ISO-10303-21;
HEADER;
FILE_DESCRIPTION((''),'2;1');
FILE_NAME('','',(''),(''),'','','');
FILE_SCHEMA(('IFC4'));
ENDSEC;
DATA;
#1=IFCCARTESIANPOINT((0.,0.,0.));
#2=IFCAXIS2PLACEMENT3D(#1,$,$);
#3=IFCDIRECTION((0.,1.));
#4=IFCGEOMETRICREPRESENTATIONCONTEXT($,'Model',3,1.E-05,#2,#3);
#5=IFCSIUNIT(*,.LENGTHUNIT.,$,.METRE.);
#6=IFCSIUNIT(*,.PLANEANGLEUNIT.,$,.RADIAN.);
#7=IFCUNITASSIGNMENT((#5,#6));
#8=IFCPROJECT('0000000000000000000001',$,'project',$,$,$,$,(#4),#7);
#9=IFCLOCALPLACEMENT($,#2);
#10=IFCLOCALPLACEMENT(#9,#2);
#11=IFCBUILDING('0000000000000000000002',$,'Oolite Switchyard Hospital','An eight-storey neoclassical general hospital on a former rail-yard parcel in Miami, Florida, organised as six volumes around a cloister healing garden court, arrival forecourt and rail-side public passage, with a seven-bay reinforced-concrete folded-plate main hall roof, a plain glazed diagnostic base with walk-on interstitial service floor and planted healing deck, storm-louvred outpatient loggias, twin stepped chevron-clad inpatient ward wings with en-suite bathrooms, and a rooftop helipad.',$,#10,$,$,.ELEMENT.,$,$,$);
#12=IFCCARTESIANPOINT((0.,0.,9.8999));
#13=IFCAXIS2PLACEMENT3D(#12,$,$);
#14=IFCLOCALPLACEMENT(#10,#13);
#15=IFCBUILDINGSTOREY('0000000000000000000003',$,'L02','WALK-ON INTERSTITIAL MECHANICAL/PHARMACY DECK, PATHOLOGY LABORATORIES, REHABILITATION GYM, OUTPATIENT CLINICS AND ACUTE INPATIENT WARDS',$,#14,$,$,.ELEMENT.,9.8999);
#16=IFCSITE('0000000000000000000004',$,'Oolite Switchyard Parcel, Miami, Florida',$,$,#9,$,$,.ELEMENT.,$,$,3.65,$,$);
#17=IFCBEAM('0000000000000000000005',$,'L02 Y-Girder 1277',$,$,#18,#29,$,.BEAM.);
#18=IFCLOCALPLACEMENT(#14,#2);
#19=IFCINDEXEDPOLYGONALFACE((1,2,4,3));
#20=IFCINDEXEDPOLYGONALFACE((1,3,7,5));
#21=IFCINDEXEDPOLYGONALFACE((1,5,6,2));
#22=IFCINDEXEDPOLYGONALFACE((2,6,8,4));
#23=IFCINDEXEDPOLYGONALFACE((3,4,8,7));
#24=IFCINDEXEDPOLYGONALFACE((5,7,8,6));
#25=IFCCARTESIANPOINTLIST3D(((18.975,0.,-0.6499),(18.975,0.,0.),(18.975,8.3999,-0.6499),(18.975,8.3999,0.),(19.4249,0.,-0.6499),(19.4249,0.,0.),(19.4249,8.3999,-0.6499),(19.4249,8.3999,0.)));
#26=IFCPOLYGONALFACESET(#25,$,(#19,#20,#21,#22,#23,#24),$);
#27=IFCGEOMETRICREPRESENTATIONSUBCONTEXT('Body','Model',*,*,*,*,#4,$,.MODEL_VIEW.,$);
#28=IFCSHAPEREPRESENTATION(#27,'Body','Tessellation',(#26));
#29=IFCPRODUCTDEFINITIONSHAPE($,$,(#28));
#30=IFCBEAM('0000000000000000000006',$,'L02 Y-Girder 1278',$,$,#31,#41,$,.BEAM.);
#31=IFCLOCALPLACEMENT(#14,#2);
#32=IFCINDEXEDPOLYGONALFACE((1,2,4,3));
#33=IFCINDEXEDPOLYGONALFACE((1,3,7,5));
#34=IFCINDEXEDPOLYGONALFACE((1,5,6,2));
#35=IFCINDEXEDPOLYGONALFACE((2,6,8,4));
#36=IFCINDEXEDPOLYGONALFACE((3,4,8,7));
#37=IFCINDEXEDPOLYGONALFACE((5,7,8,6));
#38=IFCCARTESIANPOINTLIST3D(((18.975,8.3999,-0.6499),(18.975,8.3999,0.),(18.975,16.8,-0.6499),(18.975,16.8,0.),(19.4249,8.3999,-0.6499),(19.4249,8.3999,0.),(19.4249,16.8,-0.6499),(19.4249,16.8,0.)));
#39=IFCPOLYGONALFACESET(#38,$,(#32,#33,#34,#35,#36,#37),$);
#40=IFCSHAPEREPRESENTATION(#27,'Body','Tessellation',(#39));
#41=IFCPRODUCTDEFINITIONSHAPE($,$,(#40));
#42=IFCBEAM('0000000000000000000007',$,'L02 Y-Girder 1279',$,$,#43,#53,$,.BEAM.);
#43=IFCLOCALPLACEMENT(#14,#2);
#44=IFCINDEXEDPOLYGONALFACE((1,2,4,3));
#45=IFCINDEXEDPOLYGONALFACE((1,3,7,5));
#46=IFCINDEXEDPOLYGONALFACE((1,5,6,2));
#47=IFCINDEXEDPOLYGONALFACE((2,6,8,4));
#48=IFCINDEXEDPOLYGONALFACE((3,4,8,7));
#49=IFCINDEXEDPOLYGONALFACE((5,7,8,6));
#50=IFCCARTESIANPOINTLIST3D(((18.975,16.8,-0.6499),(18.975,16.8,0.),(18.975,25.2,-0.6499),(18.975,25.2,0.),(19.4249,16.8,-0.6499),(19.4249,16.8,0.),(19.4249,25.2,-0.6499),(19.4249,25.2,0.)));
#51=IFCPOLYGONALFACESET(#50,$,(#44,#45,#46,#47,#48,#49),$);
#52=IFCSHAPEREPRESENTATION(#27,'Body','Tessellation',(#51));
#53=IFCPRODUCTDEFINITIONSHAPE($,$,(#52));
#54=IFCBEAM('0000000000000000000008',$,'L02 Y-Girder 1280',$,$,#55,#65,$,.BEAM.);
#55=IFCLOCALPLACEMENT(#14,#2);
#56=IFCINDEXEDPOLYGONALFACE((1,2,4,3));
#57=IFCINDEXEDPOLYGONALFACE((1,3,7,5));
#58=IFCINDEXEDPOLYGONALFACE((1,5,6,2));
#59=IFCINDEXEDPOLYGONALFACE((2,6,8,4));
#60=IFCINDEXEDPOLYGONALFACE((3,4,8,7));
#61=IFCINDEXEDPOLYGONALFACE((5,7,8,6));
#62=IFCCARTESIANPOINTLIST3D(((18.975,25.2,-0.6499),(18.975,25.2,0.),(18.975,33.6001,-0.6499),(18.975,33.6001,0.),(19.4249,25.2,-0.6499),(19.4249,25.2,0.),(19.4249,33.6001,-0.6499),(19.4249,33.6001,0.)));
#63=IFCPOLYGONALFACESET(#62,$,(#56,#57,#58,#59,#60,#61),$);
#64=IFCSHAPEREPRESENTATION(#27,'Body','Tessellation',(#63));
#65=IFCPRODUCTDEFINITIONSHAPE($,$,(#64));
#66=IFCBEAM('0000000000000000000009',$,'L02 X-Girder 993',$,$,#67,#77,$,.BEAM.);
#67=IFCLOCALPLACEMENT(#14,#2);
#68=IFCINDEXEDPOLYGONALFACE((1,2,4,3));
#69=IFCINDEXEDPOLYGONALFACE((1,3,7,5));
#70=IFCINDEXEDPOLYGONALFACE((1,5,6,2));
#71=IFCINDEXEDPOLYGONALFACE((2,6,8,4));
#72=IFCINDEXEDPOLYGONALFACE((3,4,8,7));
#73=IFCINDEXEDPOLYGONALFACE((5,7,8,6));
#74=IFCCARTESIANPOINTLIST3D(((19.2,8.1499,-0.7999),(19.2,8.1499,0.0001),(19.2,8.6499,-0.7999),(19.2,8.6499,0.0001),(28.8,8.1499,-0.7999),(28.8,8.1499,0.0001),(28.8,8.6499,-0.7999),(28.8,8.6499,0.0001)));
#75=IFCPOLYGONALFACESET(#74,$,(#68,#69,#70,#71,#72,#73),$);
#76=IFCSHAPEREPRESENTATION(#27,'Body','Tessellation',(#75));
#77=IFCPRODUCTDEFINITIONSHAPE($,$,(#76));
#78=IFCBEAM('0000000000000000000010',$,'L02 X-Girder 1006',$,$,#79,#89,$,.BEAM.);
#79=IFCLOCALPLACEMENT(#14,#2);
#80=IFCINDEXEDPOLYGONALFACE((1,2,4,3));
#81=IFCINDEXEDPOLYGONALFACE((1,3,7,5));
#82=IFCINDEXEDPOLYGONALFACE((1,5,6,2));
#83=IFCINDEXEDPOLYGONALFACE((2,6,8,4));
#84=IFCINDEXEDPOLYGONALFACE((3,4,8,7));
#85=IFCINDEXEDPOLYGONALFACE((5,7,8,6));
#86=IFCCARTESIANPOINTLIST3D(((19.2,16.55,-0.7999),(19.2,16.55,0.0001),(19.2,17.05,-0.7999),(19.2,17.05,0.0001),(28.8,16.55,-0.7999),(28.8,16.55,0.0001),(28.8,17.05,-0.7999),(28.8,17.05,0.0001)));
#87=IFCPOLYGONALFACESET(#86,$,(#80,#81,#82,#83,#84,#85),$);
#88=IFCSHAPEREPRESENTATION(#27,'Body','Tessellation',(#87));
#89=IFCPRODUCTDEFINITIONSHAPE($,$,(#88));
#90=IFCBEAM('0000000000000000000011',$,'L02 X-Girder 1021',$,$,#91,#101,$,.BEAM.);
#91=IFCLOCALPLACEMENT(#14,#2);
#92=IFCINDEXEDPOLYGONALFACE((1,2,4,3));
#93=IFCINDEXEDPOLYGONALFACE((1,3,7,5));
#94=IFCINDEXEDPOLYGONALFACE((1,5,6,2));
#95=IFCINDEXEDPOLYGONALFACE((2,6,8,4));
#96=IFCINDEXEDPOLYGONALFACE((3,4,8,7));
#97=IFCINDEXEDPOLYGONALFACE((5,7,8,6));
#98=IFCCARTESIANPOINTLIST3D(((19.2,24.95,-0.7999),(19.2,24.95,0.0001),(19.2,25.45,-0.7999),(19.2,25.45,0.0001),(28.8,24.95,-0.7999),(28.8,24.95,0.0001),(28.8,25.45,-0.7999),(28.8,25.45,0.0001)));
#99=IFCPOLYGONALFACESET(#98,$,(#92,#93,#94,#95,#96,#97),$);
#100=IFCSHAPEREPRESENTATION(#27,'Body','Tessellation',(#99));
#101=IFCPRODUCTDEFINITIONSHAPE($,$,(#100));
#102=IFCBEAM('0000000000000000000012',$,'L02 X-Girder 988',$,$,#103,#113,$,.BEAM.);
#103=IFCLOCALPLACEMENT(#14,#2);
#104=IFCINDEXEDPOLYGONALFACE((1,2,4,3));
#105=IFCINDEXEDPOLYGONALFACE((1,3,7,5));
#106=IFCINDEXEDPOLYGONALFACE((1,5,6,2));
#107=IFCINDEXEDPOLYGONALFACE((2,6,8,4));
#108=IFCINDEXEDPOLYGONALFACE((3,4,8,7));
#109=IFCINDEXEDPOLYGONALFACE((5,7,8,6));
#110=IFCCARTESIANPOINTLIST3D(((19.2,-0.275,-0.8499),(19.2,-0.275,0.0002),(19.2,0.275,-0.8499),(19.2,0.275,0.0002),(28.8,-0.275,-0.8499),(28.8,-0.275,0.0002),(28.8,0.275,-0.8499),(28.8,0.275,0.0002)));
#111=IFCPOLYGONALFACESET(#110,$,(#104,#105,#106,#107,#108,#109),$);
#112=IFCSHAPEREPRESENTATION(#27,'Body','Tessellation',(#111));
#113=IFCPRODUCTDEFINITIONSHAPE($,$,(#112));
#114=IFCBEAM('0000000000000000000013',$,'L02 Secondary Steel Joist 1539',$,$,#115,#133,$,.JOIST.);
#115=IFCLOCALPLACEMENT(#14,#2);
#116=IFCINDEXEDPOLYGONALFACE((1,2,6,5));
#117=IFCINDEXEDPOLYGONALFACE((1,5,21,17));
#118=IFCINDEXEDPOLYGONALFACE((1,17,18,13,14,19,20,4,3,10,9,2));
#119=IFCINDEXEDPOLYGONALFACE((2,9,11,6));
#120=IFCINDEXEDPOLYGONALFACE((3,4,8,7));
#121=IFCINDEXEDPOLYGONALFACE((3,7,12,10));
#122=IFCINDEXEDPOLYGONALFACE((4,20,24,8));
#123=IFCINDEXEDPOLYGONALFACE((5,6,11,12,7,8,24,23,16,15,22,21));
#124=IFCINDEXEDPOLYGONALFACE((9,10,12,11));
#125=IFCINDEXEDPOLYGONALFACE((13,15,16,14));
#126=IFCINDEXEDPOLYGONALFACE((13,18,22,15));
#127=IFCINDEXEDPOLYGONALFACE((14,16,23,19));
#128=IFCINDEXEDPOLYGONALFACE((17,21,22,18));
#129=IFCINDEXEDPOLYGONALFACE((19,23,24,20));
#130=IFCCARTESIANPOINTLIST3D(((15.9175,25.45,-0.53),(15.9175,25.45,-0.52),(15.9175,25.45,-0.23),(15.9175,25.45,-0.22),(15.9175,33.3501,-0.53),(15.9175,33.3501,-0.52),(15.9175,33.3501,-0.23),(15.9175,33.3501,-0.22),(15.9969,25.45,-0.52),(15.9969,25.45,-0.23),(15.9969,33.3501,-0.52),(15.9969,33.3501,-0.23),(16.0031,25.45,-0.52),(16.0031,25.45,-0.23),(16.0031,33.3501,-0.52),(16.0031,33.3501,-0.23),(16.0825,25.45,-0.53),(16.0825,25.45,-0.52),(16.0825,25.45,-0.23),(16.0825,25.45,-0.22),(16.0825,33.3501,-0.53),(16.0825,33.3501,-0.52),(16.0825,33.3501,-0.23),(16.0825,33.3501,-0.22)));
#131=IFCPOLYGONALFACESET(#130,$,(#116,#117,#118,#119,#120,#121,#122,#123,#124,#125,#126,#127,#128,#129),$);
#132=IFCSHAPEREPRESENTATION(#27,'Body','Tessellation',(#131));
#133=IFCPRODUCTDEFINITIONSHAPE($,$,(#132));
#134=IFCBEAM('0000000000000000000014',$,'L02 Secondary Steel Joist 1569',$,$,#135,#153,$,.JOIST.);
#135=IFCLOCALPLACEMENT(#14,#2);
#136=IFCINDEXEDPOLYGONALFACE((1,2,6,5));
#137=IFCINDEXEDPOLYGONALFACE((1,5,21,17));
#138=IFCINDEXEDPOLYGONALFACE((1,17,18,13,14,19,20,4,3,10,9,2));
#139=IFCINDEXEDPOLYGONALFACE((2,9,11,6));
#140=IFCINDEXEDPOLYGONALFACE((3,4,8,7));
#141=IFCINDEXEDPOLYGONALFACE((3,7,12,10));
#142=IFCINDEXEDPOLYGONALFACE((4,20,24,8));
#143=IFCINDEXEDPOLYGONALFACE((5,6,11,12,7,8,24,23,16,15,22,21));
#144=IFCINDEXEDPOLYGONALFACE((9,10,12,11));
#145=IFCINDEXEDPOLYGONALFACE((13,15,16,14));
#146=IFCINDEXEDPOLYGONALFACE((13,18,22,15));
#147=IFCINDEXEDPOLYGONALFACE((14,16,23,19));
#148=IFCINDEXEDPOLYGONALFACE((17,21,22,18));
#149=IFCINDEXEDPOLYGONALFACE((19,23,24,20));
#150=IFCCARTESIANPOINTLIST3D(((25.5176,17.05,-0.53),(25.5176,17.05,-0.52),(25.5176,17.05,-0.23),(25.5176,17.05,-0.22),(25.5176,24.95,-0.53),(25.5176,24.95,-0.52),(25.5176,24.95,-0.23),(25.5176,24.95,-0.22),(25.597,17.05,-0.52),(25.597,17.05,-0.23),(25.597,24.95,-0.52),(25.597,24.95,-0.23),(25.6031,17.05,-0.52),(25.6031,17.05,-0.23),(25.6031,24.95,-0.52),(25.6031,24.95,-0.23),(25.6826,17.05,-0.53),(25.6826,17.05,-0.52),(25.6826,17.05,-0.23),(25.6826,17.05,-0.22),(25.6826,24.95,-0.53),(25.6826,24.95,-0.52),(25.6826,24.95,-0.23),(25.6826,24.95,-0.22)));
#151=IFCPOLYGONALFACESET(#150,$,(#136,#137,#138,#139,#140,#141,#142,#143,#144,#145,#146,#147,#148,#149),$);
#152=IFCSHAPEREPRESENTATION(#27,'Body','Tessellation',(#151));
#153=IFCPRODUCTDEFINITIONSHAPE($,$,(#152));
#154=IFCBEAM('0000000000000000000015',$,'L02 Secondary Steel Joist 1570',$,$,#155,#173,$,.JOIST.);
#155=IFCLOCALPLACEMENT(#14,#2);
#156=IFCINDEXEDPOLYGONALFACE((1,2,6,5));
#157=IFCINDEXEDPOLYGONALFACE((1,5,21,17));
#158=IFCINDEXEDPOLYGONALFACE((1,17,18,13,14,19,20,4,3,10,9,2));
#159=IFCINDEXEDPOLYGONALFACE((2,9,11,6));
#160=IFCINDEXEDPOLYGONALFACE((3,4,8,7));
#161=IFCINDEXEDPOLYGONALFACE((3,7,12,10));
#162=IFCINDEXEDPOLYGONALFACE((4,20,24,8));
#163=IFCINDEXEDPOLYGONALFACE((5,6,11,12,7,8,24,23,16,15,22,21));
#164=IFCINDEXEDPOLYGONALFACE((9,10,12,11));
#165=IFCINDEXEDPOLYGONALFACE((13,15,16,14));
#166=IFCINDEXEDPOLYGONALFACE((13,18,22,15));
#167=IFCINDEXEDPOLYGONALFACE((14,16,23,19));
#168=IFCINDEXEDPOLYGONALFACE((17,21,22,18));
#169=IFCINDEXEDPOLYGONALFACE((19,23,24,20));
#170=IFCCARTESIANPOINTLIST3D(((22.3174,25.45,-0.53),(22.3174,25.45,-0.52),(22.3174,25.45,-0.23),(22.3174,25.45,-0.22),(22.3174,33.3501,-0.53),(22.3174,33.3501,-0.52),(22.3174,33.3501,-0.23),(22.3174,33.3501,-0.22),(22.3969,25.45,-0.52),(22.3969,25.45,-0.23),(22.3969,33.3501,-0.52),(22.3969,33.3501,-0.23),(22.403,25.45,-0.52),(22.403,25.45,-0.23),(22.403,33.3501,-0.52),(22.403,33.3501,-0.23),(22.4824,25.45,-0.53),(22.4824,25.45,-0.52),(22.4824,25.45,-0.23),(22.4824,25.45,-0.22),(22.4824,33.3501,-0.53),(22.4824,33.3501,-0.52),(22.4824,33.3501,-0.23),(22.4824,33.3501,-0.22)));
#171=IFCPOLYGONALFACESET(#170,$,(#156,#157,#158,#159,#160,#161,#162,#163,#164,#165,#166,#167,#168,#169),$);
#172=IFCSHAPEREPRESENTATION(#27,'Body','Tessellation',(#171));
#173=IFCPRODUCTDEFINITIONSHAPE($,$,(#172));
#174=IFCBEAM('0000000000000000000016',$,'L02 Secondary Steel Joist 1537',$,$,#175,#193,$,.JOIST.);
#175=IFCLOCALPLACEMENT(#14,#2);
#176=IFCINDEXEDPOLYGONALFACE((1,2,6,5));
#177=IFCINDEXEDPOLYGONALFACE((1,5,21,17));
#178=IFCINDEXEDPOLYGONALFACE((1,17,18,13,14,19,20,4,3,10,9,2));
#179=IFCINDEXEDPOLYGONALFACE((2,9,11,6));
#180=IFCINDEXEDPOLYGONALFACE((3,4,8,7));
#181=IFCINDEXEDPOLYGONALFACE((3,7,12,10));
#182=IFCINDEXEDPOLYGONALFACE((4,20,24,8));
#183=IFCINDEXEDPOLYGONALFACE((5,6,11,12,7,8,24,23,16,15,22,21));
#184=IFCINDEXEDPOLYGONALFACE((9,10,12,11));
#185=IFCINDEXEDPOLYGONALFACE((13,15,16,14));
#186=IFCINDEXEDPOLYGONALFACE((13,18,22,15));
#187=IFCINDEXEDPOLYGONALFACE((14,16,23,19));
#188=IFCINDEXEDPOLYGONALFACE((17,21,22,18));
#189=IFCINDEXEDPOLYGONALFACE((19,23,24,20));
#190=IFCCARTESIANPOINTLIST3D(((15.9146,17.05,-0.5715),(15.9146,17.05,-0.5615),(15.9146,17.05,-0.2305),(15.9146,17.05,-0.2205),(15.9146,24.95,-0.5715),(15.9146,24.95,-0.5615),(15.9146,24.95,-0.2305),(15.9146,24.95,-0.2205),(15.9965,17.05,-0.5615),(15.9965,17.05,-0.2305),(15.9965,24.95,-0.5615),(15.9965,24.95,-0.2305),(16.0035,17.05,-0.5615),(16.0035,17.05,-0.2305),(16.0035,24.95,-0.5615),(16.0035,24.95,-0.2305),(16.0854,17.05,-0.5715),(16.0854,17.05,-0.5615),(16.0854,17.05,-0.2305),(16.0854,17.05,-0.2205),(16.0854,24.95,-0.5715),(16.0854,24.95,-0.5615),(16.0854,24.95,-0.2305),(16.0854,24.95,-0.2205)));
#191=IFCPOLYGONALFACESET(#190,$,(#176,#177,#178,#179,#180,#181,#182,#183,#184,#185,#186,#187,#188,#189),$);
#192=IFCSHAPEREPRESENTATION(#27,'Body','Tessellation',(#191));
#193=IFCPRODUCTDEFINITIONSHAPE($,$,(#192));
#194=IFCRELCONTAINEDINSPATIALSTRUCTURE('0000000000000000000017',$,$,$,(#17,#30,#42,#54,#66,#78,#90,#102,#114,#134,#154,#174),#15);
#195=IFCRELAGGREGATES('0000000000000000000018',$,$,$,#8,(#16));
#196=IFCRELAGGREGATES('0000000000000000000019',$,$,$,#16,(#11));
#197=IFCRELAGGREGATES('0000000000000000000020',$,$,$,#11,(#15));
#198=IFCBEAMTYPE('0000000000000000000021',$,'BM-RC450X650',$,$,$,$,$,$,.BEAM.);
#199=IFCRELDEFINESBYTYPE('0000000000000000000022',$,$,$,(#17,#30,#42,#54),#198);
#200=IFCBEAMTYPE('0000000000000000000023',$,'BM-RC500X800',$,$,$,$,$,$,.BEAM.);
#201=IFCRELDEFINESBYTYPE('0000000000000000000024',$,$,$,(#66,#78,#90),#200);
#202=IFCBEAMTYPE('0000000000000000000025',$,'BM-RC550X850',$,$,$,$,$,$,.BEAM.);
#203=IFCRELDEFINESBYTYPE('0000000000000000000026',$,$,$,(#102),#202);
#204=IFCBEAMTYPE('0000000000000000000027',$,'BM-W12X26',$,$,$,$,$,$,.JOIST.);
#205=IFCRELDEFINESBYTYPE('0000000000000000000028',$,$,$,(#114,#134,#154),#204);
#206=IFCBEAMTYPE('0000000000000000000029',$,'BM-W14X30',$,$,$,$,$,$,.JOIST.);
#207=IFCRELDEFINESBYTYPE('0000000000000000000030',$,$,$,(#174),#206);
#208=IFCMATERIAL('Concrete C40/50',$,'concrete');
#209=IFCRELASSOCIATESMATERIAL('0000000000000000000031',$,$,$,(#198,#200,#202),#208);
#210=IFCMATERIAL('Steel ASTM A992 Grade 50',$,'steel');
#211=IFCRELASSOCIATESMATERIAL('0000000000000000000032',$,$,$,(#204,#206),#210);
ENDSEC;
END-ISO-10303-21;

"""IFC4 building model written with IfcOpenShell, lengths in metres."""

from ifc_helpers import new_model, si_unit, direction, frame, origin, origin_2d, place, context, subcontext, project, spatial, rectangle, i_section, extrude, material, material_profile, profile_set, type_object, element, save


model = new_model("IFC4")

# Units and contexts
model_context = context("Model", 3, precision=1e-05, world=origin(), true_north=direction((0.0, 1.0)))
body_context = subcontext(model_context, "Body", "Model", "MODEL_VIEW")
ifc_project = project(units=[si_unit("LENGTHUNIT", "METRE"), si_unit("PLANEANGLEUNIT", "RADIAN")], contexts=[model_context])

# Site, building, storey
site_placement = place(None, origin())
site = spatial("IfcSite", under=ifc_project, at=site_placement, Name="Oolite Switchyard Parcel, Miami, Florida", CompositionType="ELEMENT", RefElevation=3.65)
building_placement = place(site_placement, origin())
building = spatial("IfcBuilding", under=site, at=building_placement, Name="Oolite Switchyard Hospital", Description="An eight-storey neoclassical general hospital on a former rail-yard parcel in Miami, Florida, organised as six volumes around a cloister healing garden court, arrival forecourt and rail-side public passage, with a seven-bay reinforced-concrete folded-plate main hall roof, a plain glazed diagnostic base with walk-on interstitial service floor and planted healing deck, storm-louvred outpatient loggias, twin stepped chevron-clad inpatient ward wings with en-suite bathrooms, and a rooftop helipad.", CompositionType="ELEMENT")
storey_placement = place(building_placement, frame((0.0, 0.0, 9.8999)))
storey = spatial("IfcBuildingStorey", under=building, at=storey_placement, Name="L02", Description="WALK-ON INTERSTITIAL MECHANICAL/PHARMACY DECK, PATHOLOGY LABORATORIES, REHABILITATION GYM, OUTPATIENT CLINICS AND ACUTE INPATIENT WARDS", CompositionType="ELEMENT", Elevation=9.8999)

# Beams
ifc_material_1 = material(Name="Concrete C40/50", Category="concrete")
ifc_material_profile_1 = material_profile(ifc_material_1, rectangle(XDim=0.45, YDim=0.6499, at=origin_2d()), Name="RCB450X650")
ifc_profile_set_1 = profile_set([ifc_material_profile_1], Name="Concrete C40/50")
beam_type_1 = type_object("IfcBeamType", Name="BM-RC450X650", PredefinedType="BEAM", material=ifc_profile_set_1)
beam_1_placement = place(storey_placement, frame((19.2, 0.0, -0.325), z_axis=(0.0, 1.0, 0.0), x_axis=(-1.0, 0.0, 0.0)))
element("IfcBeam", 1, at=beam_1_placement, inside=storey, type_object=beam_type_1, Name="L02 Y-Girder 1277", PredefinedType="BEAM", context=body_context, shape_type="SweptSolid", body=[
    extrude(rectangle(XDim=0.45, YDim=0.6499, at=origin_2d()), origin(), (0.0, 0.0, 1.0), 8.3999),
])
beam_2_placement = place(storey_placement, frame((19.2, 8.3999, -0.325), z_axis=(0.0, 1.0, 0.0), x_axis=(-1.0, 0.0, 0.0)))
element("IfcBeam", 2, at=beam_2_placement, inside=storey, type_object=beam_type_1, Name="L02 Y-Girder 1278", PredefinedType="BEAM", context=body_context, shape_type="SweptSolid", body=[
    extrude(rectangle(XDim=0.45, YDim=0.6499, at=origin_2d()), origin(), (0.0, 0.0, 1.0), 8.4001),
])
beam_3_placement = place(storey_placement, frame((19.2, 16.8, -0.325), z_axis=(0.0, 1.0, 0.0), x_axis=(-1.0, 0.0, 0.0)))
element("IfcBeam", 3, at=beam_3_placement, inside=storey, type_object=beam_type_1, Name="L02 Y-Girder 1279", PredefinedType="BEAM", context=body_context, shape_type="SweptSolid", body=[
    extrude(rectangle(XDim=0.45, YDim=0.6499, at=origin_2d()), origin(), (0.0, 0.0, 1.0), 8.3999),
])
beam_4_placement = place(storey_placement, frame((19.2, 25.2, -0.325), z_axis=(0.0, 1.0, 0.0), x_axis=(-1.0, 0.0, 0.0)))
element("IfcBeam", 4, at=beam_4_placement, inside=storey, type_object=beam_type_1, Name="L02 Y-Girder 1280", PredefinedType="BEAM", context=body_context, shape_type="SweptSolid", body=[
    extrude(rectangle(XDim=0.45, YDim=0.6499, at=origin_2d()), origin(), (0.0, 0.0, 1.0), 8.4001),
])
ifc_material_profile_2 = material_profile(ifc_material_1, rectangle(XDim=0.5, YDim=0.8, at=origin_2d()), Name="RCB500X800")
ifc_profile_set_2 = profile_set([ifc_material_profile_2], Name="Concrete C40/50")
beam_type_2 = type_object("IfcBeamType", Name="BM-RC500X800", PredefinedType="BEAM", material=ifc_profile_set_2)
for number, where, z_axis, x_axis, name in (
    (5, (19.2, 8.3999, -0.3999), (1.0, 0.0, 0.0), (0.0, 1.0, 0.0), "L02 X-Girder 993"),
    (6, (19.2, 16.8, -0.3999), (1.0, 0.0, 0.0), (0.0, 1.0, 0.0), "L02 X-Girder 1006"),
    (7, (19.2, 25.2, -0.3999), (1.0, 0.0, 0.0), (0.0, 1.0, 0.0), "L02 X-Girder 1021"),
):
    element("IfcBeam", number, at=place(storey_placement, frame(where, z_axis=z_axis, x_axis=x_axis)), inside=storey, type_object=beam_type_2, Name=name, PredefinedType="BEAM", context=body_context, shape_type="SweptSolid", body=[
        extrude(rectangle(XDim=0.5, YDim=0.8, at=origin_2d()), origin(), (0.0, 0.0, 1.0), 9.6001),
    ])
ifc_material_profile_3 = material_profile(ifc_material_1, rectangle(XDim=0.55, YDim=0.8501, at=origin_2d()), Name="RCB550X850")
ifc_profile_set_3 = profile_set([ifc_material_profile_3], Name="Concrete C40/50")
beam_type_3 = type_object("IfcBeamType", Name="BM-RC550X850", PredefinedType="BEAM", material=ifc_profile_set_3)
beam_5_placement = place(storey_placement, frame((19.2, 0.0, -0.4248), z_axis=(1.0, 0.0, 0.0), x_axis=(0.0, 1.0, 0.0)))
element("IfcBeam", 8, at=beam_5_placement, inside=storey, type_object=beam_type_3, Name="L02 X-Girder 988", PredefinedType="BEAM", context=body_context, shape_type="SweptSolid", body=[
    extrude(rectangle(XDim=0.55, YDim=0.8501, at=origin_2d()), origin(), (0.0, 0.0, 1.0), 9.6001),
])
ifc_material_2 = material(Name="Steel ASTM A992 Grade 50", Category="steel")
ifc_material_profile_4 = material_profile(ifc_material_2, i_section(OverallWidth=0.165, OverallDepth=0.3101, WebThickness=0.0061, FlangeThickness=0.01, at=origin_2d()), Name="W12X26")
ifc_profile_set_4 = profile_set([ifc_material_profile_4], Name="Steel ASTM A992 Grade 50")
beam_type_4 = type_object("IfcBeamType", Name="BM-W12X26", PredefinedType="JOIST", material=ifc_profile_set_4)
beam_6_placement = place(storey_placement, frame((16.0, 25.45, -0.375), z_axis=(0.0, 1.0, 0.0), x_axis=(-1.0, 0.0, 0.0)))
element("IfcBeam", 9, at=beam_6_placement, inside=storey, type_object=beam_type_4, Name="L02 Secondary Steel Joist 1539", PredefinedType="JOIST", context=body_context, shape_type="SweptSolid", body=[
    extrude(i_section(OverallWidth=0.165, OverallDepth=0.3101, WebThickness=0.0061, FlangeThickness=0.01, at=origin_2d()), origin(), (0.0, 0.0, 1.0), 7.9001),
])
beam_7_placement = place(storey_placement, frame((25.6001, 17.05, -0.375), z_axis=(0.0, 1.0, 0.0), x_axis=(-1.0, 0.0, 0.0)))
element("IfcBeam", 10, at=beam_7_placement, inside=storey, type_object=beam_type_4, Name="L02 Secondary Steel Joist 1569", PredefinedType="JOIST", context=body_context, shape_type="SweptSolid", body=[
    extrude(i_section(OverallWidth=0.165, OverallDepth=0.3101, WebThickness=0.0061, FlangeThickness=0.01, at=origin_2d()), origin(), (0.0, 0.0, 1.0), 7.8999),
])
beam_8_placement = place(storey_placement, frame((22.3999, 25.45, -0.375), z_axis=(0.0, 1.0, 0.0), x_axis=(-1.0, 0.0, 0.0)))
element("IfcBeam", 11, at=beam_8_placement, inside=storey, type_object=beam_type_4, Name="L02 Secondary Steel Joist 1570", PredefinedType="JOIST", context=body_context, shape_type="SweptSolid", body=[
    extrude(i_section(OverallWidth=0.165, OverallDepth=0.3101, WebThickness=0.0061, FlangeThickness=0.01, at=origin_2d()), origin(), (0.0, 0.0, 1.0), 7.9001),
])
ifc_material_profile_5 = material_profile(ifc_material_2, i_section(OverallWidth=0.1709, OverallDepth=0.3511, WebThickness=0.0071, FlangeThickness=0.01, at=origin_2d()), Name="W14X30")
ifc_profile_set_5 = profile_set([ifc_material_profile_5], Name="Steel ASTM A992 Grade 50")
beam_type_5 = type_object("IfcBeamType", Name="BM-W14X30", PredefinedType="JOIST", material=ifc_profile_set_5)
beam_9_placement = place(storey_placement, frame((16.0, 17.05, -0.396), z_axis=(0.0, 1.0, 0.0), x_axis=(-1.0, 0.0, 0.0)))
element("IfcBeam", 12, at=beam_9_placement, inside=storey, type_object=beam_type_5, Name="L02 Secondary Steel Joist 1537", PredefinedType="JOIST", context=body_context, shape_type="SweptSolid", body=[
    extrude(i_section(OverallWidth=0.1709, OverallDepth=0.3511, WebThickness=0.0071, FlangeThickness=0.01, at=origin_2d()), origin(), (0.0, 0.0, 1.0), 7.8999),
])

save(model, "model.ifc")
